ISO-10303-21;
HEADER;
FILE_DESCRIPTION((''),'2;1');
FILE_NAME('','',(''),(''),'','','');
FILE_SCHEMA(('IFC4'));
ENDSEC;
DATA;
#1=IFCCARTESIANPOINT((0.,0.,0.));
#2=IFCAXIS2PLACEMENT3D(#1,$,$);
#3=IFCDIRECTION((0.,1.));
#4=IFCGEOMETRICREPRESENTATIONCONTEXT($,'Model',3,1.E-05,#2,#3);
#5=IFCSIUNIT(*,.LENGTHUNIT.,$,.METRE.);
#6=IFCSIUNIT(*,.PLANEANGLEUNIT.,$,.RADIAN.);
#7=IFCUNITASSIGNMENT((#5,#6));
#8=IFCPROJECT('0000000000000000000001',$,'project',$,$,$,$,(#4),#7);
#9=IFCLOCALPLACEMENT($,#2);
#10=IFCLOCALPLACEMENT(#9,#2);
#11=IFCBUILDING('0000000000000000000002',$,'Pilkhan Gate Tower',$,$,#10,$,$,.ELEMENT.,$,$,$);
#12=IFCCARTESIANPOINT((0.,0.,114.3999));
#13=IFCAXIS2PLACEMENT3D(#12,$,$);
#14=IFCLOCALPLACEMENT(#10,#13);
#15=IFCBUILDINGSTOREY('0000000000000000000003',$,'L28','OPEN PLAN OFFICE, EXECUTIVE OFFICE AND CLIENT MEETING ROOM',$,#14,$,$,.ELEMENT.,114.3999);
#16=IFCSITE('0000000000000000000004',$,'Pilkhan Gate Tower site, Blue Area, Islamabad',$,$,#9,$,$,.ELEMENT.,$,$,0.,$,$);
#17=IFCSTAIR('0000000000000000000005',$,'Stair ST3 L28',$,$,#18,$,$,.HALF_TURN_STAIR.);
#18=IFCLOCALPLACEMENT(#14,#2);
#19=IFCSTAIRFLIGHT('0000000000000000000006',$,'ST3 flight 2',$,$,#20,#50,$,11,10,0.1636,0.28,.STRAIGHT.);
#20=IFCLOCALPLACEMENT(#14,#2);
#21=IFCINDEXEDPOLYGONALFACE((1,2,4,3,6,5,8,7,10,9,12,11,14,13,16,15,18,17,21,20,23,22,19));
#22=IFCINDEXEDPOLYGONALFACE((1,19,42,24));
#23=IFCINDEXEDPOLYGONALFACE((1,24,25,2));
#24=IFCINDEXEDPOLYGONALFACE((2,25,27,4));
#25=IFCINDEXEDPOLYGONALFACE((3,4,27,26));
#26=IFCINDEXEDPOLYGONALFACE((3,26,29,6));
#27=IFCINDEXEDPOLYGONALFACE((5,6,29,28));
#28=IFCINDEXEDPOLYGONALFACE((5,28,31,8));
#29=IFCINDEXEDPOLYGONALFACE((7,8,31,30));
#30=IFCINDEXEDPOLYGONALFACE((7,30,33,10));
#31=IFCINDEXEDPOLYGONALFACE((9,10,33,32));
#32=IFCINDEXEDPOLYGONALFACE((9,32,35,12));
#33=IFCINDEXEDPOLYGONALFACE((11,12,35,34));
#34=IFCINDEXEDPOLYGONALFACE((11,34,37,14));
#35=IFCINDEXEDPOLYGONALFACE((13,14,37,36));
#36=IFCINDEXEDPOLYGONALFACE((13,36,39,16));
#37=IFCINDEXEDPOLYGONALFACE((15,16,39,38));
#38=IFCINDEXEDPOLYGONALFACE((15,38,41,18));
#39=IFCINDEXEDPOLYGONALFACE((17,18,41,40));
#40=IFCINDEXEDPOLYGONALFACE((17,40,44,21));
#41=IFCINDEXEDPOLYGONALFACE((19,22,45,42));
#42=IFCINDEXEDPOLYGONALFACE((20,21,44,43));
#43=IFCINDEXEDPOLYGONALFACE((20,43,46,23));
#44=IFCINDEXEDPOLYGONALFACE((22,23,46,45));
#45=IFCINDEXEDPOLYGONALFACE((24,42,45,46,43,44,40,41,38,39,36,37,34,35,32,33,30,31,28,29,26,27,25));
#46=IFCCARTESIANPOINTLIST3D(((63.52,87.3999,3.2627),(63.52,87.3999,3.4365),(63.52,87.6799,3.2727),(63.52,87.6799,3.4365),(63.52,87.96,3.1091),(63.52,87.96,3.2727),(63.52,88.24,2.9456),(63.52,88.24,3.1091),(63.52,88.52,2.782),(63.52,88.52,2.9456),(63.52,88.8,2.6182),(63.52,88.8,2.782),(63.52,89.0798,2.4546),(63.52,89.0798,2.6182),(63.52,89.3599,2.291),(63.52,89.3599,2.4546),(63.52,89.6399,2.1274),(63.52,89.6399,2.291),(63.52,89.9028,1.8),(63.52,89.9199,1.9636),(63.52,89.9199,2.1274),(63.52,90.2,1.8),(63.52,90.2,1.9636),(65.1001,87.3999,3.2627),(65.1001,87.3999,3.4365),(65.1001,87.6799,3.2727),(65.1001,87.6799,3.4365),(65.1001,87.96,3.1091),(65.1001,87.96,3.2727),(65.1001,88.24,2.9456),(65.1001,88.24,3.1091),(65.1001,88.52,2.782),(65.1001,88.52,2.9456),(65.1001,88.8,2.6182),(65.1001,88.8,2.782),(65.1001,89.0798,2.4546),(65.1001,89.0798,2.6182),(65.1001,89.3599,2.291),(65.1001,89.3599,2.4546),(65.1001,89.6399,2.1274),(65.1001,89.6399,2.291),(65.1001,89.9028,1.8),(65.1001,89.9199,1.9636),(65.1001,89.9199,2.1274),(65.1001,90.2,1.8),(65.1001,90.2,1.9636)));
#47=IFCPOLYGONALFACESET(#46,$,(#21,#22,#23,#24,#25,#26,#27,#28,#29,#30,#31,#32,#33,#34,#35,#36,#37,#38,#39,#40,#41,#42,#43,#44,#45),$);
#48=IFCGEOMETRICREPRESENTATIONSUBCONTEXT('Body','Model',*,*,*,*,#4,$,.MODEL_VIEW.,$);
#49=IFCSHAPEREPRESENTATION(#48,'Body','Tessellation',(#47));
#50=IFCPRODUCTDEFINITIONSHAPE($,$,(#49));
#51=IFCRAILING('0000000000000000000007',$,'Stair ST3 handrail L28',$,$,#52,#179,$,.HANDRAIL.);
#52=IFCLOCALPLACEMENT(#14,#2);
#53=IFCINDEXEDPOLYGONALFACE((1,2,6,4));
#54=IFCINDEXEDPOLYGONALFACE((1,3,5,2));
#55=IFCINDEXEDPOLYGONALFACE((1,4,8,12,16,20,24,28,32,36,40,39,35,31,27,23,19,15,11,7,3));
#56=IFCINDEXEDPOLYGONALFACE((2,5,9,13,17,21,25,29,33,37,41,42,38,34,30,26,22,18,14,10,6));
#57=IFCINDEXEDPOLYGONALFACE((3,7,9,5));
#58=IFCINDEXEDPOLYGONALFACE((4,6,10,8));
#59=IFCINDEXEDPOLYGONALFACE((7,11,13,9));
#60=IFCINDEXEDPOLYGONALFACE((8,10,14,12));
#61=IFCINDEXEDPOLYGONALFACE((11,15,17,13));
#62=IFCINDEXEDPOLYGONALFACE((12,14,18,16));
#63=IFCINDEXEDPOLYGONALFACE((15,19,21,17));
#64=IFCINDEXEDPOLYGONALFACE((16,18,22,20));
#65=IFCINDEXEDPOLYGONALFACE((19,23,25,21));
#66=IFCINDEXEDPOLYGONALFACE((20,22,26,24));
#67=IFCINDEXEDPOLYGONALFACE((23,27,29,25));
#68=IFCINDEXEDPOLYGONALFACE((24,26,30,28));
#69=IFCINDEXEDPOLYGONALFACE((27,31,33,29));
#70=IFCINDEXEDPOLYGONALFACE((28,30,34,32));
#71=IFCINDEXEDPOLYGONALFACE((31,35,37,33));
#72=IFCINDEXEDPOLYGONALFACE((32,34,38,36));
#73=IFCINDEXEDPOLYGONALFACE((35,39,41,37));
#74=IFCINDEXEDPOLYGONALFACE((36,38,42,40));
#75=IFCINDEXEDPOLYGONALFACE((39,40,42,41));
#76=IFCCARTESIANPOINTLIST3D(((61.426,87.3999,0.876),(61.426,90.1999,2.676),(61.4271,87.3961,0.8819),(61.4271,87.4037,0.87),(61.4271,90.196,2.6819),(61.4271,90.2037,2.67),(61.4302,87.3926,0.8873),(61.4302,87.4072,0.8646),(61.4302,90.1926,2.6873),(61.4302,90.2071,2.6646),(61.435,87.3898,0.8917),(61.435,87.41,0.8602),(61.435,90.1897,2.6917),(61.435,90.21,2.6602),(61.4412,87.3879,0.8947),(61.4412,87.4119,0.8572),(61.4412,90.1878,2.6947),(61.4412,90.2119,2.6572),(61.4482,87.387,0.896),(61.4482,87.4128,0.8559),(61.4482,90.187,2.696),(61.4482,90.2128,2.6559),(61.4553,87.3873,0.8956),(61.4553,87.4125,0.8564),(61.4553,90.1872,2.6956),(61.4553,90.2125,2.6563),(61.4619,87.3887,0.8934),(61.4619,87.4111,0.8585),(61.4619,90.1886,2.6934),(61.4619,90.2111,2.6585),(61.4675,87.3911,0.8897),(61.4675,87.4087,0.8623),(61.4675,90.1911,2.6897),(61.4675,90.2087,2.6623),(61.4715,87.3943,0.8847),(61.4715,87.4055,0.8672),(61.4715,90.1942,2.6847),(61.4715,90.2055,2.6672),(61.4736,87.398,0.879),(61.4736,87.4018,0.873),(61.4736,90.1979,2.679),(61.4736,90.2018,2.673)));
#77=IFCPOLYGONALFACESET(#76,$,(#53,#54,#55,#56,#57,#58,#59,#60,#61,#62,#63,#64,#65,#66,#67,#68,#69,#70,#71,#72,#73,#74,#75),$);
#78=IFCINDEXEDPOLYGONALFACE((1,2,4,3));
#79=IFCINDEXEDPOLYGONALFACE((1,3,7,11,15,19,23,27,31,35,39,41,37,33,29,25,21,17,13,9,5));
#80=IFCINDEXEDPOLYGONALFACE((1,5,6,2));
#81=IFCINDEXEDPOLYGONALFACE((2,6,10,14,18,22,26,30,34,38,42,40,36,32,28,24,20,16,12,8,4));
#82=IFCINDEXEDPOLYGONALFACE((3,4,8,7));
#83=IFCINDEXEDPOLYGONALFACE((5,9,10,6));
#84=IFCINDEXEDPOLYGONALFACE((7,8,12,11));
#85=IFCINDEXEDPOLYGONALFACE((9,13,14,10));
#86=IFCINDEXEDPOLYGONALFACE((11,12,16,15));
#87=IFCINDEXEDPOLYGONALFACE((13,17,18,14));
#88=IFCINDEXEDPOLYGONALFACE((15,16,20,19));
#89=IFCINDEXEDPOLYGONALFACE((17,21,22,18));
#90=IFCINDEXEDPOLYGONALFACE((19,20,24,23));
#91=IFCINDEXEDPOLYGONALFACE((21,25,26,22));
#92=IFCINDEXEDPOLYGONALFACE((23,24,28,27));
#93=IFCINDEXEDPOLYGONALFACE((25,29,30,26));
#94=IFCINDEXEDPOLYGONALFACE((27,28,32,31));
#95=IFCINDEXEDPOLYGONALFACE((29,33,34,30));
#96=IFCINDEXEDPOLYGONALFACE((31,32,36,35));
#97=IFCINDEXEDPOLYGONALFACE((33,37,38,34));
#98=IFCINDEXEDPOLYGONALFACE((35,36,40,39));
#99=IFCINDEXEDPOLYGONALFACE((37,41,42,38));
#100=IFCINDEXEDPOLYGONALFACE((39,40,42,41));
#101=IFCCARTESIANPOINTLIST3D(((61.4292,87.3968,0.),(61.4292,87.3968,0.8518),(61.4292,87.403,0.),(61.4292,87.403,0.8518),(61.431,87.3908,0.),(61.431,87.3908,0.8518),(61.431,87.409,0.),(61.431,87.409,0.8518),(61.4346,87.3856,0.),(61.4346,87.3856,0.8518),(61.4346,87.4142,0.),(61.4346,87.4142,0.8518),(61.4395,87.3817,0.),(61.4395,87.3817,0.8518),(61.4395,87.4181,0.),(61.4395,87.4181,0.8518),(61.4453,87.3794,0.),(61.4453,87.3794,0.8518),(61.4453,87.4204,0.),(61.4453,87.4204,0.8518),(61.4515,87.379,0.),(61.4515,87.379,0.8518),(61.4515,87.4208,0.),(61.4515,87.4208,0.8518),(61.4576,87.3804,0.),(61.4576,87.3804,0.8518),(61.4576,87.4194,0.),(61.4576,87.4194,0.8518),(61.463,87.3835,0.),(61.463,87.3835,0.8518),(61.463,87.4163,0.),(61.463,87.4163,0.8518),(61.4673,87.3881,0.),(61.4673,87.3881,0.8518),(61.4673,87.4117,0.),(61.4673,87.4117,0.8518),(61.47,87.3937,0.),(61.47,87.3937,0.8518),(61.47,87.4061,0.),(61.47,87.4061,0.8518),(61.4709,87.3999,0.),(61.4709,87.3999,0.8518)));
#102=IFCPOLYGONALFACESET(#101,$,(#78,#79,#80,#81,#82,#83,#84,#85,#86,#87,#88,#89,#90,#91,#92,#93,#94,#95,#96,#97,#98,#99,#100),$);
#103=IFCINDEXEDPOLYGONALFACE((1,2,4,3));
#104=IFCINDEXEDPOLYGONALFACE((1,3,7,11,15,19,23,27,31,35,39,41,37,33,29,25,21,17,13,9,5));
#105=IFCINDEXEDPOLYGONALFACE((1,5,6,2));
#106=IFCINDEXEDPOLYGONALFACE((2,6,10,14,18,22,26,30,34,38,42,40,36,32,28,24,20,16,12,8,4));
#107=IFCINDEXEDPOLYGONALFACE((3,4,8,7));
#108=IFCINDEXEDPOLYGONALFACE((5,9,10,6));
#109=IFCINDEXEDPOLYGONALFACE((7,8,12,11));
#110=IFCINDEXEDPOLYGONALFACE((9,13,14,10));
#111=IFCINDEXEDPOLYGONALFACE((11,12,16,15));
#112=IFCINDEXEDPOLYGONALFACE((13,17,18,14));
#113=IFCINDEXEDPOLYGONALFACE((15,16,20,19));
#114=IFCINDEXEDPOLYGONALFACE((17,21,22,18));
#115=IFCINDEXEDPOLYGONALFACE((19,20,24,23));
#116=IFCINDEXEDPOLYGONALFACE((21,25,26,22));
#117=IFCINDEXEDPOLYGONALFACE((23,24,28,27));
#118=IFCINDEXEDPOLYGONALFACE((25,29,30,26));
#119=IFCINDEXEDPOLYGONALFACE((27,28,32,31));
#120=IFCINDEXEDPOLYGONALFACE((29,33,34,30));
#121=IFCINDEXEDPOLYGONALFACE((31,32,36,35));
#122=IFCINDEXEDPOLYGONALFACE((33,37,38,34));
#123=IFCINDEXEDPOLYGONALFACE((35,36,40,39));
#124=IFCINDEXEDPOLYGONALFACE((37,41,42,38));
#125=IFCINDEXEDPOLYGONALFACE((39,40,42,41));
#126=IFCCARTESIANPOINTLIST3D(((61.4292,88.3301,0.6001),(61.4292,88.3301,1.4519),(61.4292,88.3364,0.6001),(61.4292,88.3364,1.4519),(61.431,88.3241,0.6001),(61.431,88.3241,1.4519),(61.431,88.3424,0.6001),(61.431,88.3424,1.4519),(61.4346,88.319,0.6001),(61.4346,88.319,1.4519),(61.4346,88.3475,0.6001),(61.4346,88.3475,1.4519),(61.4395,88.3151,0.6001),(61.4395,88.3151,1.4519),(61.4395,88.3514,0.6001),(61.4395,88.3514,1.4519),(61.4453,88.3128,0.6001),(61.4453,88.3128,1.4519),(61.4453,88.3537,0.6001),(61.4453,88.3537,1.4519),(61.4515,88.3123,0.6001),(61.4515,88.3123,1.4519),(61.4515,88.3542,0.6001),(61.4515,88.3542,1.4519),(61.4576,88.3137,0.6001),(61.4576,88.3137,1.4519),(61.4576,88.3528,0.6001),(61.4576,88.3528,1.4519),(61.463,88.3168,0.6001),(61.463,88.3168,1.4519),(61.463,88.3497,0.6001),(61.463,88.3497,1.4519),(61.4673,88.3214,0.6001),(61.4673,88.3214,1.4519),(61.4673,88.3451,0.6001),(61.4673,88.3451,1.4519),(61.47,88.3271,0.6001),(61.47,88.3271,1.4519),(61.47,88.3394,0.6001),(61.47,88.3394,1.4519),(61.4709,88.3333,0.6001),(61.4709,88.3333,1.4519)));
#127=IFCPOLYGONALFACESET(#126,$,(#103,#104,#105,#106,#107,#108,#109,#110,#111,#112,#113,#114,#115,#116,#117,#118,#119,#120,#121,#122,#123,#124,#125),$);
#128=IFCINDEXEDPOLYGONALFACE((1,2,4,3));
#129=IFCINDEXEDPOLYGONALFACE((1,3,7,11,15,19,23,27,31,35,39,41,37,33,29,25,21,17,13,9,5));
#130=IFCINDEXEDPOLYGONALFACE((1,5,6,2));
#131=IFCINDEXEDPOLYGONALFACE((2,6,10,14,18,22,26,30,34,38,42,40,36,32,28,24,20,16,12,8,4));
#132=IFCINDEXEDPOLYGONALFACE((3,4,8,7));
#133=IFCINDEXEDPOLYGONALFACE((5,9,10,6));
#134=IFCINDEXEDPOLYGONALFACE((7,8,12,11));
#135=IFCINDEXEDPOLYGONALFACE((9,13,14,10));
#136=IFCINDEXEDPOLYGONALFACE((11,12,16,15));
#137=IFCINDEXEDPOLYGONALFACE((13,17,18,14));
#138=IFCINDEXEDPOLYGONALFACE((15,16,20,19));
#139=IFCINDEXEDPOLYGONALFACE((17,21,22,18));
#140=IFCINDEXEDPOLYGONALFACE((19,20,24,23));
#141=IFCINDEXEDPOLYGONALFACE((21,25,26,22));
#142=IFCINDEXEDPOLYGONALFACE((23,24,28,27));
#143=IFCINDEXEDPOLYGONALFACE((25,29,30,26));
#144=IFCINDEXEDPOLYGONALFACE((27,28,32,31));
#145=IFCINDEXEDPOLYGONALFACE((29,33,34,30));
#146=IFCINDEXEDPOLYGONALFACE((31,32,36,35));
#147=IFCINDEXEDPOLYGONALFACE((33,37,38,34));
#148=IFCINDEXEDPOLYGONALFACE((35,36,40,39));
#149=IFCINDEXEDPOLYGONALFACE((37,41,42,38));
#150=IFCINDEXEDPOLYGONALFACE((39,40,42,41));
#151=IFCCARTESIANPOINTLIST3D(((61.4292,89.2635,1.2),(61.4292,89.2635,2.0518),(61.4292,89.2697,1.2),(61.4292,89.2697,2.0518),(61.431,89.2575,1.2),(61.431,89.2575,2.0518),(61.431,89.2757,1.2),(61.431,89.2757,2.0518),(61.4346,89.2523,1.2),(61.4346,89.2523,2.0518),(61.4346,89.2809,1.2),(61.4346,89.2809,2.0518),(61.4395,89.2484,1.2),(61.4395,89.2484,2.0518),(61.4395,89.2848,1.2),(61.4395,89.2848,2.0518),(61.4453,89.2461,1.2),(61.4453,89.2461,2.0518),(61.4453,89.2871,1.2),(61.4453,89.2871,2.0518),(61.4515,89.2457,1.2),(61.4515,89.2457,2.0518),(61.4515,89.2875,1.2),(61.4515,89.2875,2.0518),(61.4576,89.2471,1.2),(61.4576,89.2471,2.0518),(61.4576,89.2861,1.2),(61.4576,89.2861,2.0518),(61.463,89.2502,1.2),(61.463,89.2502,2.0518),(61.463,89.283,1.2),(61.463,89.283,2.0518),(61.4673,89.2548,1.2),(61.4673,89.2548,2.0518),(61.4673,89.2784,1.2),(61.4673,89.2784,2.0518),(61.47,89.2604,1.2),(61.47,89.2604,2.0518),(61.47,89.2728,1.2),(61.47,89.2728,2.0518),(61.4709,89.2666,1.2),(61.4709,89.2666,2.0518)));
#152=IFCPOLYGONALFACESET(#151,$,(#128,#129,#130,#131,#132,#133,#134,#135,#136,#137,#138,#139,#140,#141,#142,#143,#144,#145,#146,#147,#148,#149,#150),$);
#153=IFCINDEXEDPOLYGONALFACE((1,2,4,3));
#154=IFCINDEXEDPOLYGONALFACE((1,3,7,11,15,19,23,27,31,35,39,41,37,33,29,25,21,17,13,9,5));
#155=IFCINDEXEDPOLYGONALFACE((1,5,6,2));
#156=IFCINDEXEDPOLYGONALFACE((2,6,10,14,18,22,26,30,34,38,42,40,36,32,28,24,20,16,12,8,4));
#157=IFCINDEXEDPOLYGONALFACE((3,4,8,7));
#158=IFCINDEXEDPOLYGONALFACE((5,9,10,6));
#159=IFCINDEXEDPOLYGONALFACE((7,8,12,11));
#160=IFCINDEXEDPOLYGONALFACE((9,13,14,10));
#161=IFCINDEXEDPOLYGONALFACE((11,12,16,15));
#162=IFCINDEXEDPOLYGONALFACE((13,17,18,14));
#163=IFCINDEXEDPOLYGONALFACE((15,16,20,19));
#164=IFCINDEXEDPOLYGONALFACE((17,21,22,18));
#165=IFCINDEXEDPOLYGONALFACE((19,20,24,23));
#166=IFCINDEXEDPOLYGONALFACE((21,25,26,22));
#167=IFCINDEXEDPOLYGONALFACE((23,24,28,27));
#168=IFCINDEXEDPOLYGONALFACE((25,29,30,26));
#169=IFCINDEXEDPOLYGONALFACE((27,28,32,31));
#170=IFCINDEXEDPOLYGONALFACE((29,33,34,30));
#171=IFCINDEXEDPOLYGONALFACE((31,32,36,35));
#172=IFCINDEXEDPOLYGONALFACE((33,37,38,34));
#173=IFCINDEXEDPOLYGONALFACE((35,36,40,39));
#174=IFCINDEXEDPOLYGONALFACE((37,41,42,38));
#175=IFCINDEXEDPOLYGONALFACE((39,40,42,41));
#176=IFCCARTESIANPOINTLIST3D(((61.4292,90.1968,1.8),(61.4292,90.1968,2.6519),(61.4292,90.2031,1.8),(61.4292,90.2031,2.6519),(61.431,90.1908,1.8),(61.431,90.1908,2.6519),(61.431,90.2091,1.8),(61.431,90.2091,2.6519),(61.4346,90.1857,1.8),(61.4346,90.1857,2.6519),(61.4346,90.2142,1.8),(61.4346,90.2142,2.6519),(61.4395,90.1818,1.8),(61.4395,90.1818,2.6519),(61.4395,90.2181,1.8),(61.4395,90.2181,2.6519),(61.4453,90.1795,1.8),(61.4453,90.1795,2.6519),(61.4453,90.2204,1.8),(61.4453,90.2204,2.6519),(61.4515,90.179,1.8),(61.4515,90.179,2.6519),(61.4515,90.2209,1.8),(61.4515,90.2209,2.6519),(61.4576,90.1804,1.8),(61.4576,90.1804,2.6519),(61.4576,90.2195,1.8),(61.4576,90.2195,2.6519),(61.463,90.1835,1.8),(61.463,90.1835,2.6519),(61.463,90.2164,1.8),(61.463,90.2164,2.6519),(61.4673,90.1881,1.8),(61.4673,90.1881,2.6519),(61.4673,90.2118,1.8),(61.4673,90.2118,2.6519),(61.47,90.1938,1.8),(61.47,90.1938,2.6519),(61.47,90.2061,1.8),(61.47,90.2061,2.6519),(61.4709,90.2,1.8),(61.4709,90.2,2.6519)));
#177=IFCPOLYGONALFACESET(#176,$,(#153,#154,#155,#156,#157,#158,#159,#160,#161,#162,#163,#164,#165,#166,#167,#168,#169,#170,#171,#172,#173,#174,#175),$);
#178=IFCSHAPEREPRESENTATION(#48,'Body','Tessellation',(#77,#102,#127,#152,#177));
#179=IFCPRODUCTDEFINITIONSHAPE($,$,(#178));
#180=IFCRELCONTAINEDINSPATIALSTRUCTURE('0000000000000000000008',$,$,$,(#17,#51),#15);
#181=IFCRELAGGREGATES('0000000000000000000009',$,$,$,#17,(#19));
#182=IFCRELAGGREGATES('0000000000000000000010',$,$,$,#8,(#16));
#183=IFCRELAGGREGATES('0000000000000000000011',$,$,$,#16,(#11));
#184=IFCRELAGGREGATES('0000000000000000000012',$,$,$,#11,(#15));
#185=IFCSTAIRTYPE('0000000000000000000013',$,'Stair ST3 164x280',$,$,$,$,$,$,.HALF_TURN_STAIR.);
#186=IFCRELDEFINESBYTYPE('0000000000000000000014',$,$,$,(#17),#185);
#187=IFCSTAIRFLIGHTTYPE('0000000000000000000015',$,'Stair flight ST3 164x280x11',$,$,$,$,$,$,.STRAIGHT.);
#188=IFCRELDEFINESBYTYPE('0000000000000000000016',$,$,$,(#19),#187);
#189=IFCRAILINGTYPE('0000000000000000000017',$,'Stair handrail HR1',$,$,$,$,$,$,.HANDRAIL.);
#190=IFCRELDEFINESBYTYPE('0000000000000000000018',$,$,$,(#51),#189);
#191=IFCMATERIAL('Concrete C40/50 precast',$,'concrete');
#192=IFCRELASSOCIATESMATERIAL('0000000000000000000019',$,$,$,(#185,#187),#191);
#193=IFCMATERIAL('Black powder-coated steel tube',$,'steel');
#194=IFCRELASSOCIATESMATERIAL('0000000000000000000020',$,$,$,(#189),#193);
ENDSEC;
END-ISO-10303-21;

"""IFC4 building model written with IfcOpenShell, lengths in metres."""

from ifc_helpers import new_model, si_unit, direction, frame, origin, origin_2d, place, context, subcontext, project, spatial, polyline, circle, outline, extrude, material, type_object, element, aggregate, save


model = new_model("IFC4")

# Units and contexts
model_context = context("Model", 3, precision=1e-05, world=origin(), true_north=direction((0.0, 1.0)))
body_context = subcontext(model_context, "Body", "Model", "MODEL_VIEW")
ifc_project = project(units=[si_unit("LENGTHUNIT", "METRE"), si_unit("PLANEANGLEUNIT", "RADIAN")], contexts=[model_context])

# Site, building, storey
site_placement = place(None, origin())
site = spatial("IfcSite", under=ifc_project, at=site_placement, Name="Pilkhan Gate Tower site, Blue Area, Islamabad", CompositionType="ELEMENT", RefElevation=0.0)
building_placement = place(site_placement, origin())
building = spatial("IfcBuilding", under=site, at=building_placement, Name="Pilkhan Gate Tower", CompositionType="ELEMENT")
storey_placement = place(building_placement, frame((0.0, 0.0, 114.3999)))
storey = spatial("IfcBuildingStorey", under=building, at=storey_placement, Name="L28", Description="OPEN PLAN OFFICE, EXECUTIVE OFFICE AND CLIENT MEETING ROOM", CompositionType="ELEMENT", Elevation=114.3999)

# Stair, stair flight
ifc_material_1 = material(Name="Concrete C40/50 precast", Category="concrete")
stair_type = type_object("IfcStairType", Name="Stair ST3 164x280", PredefinedType="HALF_TURN_STAIR", material=ifc_material_1)
stair_placement = place(storey_placement, origin())
stair = element("IfcStair", 1, at=stair_placement, inside=storey, type_object=stair_type, Name="Stair ST3 L28", PredefinedType="HALF_TURN_STAIR")
stair_flight_type = type_object("IfcStairFlightType", Name="Stair flight ST3 164x280x11", PredefinedType="STRAIGHT", material=ifc_material_1)
stair_flight_1_placement = place(storey_placement, frame((64.3101, 90.2, 1.8), z_axis=(0.0, 0.0, 1.0), x_axis=(0.0, -1.0, 0.0)))
stair_flight_1 = element("IfcStairFlight", 2, at=stair_flight_1_placement, type_object=stair_flight_type, Name="ST3 flight 2", NumberOfRisers=11, NumberOfTreads=10, PredefinedType="STRAIGHT", RiserHeight=0.1636, TreadLength=0.28, context=body_context, shape_type="SweptSolid", body=[
    extrude(outline(polyline([(0.0, 0.0), (0.0, 0.1636), (0.28, 0.1636), (0.28, 0.3274), (0.5601, 0.3274), (0.5601, 0.491), (0.8401, 0.491), (0.8401, 0.6545), (1.1201, 0.6545), (1.1201, 0.8181), (1.3999, 0.8181), (1.3999, 0.9819), (1.6799, 0.9819), (1.6799, 1.1455), (1.96, 1.1455), (1.96, 1.3091), (2.24, 1.3091), (2.24, 1.4727), (2.52, 1.4727), (2.52, 1.6365), (2.8, 1.6365), (2.8, 1.8), (2.8, 1.4626), (0.2971, 0.0), (0.0, 0.0)])), frame((0.0, 0.79, 0.0), z_axis=(0.0, -1.0, 0.0), x_axis=(1.0, 0.0, 0.0)), (0.0, 0.0, 1.0), 1.5801),
])
aggregate(stair, [stair_flight_1])

# Railing
ifc_material_2 = material(Name="Black powder-coated steel tube", Category="steel")
railing_type_1 = type_object("IfcRailingType", Name="Stair handrail HR1", PredefinedType="HANDRAIL", material=ifc_material_2)
railing_1_placement = place(storey_placement, frame((61.45, 87.3999, 0.0)))
element("IfcRailing", 3, at=railing_1_placement, inside=storey, type_object=railing_type_1, Name="Stair ST3 handrail L28", PredefinedType="HANDRAIL", context=body_context, shape_type="SweptSolid", body=[
    extrude(circle(Radius=0.0239, at=origin_2d()), frame((0.0, 0.0, 0.876), z_axis=(0.0, 0.841176, 0.540761), x_axis=(-1.0, 0.0, 0.0)), (0.0, 0.0, 1.0), 3.3286),
    extrude(circle(Radius=0.021, at=origin_2d()), origin(), (0.0, 0.0, 1.0), 0.8518),
    extrude(circle(Radius=0.021, at=origin_2d()), frame((0.0, 0.9333, 0.6001)), (0.0, 0.0, 1.0), 0.8518),
    extrude(circle(Radius=0.021, at=origin_2d()), frame((0.0, 1.8667, 1.2)), (0.0, 0.0, 1.0), 0.8518),
    extrude(circle(Radius=0.021, at=origin_2d()), frame((0.0, 2.8, 1.8)), (0.0, 0.0, 1.0), 0.8518),
])

save(model, "model.ifc")
